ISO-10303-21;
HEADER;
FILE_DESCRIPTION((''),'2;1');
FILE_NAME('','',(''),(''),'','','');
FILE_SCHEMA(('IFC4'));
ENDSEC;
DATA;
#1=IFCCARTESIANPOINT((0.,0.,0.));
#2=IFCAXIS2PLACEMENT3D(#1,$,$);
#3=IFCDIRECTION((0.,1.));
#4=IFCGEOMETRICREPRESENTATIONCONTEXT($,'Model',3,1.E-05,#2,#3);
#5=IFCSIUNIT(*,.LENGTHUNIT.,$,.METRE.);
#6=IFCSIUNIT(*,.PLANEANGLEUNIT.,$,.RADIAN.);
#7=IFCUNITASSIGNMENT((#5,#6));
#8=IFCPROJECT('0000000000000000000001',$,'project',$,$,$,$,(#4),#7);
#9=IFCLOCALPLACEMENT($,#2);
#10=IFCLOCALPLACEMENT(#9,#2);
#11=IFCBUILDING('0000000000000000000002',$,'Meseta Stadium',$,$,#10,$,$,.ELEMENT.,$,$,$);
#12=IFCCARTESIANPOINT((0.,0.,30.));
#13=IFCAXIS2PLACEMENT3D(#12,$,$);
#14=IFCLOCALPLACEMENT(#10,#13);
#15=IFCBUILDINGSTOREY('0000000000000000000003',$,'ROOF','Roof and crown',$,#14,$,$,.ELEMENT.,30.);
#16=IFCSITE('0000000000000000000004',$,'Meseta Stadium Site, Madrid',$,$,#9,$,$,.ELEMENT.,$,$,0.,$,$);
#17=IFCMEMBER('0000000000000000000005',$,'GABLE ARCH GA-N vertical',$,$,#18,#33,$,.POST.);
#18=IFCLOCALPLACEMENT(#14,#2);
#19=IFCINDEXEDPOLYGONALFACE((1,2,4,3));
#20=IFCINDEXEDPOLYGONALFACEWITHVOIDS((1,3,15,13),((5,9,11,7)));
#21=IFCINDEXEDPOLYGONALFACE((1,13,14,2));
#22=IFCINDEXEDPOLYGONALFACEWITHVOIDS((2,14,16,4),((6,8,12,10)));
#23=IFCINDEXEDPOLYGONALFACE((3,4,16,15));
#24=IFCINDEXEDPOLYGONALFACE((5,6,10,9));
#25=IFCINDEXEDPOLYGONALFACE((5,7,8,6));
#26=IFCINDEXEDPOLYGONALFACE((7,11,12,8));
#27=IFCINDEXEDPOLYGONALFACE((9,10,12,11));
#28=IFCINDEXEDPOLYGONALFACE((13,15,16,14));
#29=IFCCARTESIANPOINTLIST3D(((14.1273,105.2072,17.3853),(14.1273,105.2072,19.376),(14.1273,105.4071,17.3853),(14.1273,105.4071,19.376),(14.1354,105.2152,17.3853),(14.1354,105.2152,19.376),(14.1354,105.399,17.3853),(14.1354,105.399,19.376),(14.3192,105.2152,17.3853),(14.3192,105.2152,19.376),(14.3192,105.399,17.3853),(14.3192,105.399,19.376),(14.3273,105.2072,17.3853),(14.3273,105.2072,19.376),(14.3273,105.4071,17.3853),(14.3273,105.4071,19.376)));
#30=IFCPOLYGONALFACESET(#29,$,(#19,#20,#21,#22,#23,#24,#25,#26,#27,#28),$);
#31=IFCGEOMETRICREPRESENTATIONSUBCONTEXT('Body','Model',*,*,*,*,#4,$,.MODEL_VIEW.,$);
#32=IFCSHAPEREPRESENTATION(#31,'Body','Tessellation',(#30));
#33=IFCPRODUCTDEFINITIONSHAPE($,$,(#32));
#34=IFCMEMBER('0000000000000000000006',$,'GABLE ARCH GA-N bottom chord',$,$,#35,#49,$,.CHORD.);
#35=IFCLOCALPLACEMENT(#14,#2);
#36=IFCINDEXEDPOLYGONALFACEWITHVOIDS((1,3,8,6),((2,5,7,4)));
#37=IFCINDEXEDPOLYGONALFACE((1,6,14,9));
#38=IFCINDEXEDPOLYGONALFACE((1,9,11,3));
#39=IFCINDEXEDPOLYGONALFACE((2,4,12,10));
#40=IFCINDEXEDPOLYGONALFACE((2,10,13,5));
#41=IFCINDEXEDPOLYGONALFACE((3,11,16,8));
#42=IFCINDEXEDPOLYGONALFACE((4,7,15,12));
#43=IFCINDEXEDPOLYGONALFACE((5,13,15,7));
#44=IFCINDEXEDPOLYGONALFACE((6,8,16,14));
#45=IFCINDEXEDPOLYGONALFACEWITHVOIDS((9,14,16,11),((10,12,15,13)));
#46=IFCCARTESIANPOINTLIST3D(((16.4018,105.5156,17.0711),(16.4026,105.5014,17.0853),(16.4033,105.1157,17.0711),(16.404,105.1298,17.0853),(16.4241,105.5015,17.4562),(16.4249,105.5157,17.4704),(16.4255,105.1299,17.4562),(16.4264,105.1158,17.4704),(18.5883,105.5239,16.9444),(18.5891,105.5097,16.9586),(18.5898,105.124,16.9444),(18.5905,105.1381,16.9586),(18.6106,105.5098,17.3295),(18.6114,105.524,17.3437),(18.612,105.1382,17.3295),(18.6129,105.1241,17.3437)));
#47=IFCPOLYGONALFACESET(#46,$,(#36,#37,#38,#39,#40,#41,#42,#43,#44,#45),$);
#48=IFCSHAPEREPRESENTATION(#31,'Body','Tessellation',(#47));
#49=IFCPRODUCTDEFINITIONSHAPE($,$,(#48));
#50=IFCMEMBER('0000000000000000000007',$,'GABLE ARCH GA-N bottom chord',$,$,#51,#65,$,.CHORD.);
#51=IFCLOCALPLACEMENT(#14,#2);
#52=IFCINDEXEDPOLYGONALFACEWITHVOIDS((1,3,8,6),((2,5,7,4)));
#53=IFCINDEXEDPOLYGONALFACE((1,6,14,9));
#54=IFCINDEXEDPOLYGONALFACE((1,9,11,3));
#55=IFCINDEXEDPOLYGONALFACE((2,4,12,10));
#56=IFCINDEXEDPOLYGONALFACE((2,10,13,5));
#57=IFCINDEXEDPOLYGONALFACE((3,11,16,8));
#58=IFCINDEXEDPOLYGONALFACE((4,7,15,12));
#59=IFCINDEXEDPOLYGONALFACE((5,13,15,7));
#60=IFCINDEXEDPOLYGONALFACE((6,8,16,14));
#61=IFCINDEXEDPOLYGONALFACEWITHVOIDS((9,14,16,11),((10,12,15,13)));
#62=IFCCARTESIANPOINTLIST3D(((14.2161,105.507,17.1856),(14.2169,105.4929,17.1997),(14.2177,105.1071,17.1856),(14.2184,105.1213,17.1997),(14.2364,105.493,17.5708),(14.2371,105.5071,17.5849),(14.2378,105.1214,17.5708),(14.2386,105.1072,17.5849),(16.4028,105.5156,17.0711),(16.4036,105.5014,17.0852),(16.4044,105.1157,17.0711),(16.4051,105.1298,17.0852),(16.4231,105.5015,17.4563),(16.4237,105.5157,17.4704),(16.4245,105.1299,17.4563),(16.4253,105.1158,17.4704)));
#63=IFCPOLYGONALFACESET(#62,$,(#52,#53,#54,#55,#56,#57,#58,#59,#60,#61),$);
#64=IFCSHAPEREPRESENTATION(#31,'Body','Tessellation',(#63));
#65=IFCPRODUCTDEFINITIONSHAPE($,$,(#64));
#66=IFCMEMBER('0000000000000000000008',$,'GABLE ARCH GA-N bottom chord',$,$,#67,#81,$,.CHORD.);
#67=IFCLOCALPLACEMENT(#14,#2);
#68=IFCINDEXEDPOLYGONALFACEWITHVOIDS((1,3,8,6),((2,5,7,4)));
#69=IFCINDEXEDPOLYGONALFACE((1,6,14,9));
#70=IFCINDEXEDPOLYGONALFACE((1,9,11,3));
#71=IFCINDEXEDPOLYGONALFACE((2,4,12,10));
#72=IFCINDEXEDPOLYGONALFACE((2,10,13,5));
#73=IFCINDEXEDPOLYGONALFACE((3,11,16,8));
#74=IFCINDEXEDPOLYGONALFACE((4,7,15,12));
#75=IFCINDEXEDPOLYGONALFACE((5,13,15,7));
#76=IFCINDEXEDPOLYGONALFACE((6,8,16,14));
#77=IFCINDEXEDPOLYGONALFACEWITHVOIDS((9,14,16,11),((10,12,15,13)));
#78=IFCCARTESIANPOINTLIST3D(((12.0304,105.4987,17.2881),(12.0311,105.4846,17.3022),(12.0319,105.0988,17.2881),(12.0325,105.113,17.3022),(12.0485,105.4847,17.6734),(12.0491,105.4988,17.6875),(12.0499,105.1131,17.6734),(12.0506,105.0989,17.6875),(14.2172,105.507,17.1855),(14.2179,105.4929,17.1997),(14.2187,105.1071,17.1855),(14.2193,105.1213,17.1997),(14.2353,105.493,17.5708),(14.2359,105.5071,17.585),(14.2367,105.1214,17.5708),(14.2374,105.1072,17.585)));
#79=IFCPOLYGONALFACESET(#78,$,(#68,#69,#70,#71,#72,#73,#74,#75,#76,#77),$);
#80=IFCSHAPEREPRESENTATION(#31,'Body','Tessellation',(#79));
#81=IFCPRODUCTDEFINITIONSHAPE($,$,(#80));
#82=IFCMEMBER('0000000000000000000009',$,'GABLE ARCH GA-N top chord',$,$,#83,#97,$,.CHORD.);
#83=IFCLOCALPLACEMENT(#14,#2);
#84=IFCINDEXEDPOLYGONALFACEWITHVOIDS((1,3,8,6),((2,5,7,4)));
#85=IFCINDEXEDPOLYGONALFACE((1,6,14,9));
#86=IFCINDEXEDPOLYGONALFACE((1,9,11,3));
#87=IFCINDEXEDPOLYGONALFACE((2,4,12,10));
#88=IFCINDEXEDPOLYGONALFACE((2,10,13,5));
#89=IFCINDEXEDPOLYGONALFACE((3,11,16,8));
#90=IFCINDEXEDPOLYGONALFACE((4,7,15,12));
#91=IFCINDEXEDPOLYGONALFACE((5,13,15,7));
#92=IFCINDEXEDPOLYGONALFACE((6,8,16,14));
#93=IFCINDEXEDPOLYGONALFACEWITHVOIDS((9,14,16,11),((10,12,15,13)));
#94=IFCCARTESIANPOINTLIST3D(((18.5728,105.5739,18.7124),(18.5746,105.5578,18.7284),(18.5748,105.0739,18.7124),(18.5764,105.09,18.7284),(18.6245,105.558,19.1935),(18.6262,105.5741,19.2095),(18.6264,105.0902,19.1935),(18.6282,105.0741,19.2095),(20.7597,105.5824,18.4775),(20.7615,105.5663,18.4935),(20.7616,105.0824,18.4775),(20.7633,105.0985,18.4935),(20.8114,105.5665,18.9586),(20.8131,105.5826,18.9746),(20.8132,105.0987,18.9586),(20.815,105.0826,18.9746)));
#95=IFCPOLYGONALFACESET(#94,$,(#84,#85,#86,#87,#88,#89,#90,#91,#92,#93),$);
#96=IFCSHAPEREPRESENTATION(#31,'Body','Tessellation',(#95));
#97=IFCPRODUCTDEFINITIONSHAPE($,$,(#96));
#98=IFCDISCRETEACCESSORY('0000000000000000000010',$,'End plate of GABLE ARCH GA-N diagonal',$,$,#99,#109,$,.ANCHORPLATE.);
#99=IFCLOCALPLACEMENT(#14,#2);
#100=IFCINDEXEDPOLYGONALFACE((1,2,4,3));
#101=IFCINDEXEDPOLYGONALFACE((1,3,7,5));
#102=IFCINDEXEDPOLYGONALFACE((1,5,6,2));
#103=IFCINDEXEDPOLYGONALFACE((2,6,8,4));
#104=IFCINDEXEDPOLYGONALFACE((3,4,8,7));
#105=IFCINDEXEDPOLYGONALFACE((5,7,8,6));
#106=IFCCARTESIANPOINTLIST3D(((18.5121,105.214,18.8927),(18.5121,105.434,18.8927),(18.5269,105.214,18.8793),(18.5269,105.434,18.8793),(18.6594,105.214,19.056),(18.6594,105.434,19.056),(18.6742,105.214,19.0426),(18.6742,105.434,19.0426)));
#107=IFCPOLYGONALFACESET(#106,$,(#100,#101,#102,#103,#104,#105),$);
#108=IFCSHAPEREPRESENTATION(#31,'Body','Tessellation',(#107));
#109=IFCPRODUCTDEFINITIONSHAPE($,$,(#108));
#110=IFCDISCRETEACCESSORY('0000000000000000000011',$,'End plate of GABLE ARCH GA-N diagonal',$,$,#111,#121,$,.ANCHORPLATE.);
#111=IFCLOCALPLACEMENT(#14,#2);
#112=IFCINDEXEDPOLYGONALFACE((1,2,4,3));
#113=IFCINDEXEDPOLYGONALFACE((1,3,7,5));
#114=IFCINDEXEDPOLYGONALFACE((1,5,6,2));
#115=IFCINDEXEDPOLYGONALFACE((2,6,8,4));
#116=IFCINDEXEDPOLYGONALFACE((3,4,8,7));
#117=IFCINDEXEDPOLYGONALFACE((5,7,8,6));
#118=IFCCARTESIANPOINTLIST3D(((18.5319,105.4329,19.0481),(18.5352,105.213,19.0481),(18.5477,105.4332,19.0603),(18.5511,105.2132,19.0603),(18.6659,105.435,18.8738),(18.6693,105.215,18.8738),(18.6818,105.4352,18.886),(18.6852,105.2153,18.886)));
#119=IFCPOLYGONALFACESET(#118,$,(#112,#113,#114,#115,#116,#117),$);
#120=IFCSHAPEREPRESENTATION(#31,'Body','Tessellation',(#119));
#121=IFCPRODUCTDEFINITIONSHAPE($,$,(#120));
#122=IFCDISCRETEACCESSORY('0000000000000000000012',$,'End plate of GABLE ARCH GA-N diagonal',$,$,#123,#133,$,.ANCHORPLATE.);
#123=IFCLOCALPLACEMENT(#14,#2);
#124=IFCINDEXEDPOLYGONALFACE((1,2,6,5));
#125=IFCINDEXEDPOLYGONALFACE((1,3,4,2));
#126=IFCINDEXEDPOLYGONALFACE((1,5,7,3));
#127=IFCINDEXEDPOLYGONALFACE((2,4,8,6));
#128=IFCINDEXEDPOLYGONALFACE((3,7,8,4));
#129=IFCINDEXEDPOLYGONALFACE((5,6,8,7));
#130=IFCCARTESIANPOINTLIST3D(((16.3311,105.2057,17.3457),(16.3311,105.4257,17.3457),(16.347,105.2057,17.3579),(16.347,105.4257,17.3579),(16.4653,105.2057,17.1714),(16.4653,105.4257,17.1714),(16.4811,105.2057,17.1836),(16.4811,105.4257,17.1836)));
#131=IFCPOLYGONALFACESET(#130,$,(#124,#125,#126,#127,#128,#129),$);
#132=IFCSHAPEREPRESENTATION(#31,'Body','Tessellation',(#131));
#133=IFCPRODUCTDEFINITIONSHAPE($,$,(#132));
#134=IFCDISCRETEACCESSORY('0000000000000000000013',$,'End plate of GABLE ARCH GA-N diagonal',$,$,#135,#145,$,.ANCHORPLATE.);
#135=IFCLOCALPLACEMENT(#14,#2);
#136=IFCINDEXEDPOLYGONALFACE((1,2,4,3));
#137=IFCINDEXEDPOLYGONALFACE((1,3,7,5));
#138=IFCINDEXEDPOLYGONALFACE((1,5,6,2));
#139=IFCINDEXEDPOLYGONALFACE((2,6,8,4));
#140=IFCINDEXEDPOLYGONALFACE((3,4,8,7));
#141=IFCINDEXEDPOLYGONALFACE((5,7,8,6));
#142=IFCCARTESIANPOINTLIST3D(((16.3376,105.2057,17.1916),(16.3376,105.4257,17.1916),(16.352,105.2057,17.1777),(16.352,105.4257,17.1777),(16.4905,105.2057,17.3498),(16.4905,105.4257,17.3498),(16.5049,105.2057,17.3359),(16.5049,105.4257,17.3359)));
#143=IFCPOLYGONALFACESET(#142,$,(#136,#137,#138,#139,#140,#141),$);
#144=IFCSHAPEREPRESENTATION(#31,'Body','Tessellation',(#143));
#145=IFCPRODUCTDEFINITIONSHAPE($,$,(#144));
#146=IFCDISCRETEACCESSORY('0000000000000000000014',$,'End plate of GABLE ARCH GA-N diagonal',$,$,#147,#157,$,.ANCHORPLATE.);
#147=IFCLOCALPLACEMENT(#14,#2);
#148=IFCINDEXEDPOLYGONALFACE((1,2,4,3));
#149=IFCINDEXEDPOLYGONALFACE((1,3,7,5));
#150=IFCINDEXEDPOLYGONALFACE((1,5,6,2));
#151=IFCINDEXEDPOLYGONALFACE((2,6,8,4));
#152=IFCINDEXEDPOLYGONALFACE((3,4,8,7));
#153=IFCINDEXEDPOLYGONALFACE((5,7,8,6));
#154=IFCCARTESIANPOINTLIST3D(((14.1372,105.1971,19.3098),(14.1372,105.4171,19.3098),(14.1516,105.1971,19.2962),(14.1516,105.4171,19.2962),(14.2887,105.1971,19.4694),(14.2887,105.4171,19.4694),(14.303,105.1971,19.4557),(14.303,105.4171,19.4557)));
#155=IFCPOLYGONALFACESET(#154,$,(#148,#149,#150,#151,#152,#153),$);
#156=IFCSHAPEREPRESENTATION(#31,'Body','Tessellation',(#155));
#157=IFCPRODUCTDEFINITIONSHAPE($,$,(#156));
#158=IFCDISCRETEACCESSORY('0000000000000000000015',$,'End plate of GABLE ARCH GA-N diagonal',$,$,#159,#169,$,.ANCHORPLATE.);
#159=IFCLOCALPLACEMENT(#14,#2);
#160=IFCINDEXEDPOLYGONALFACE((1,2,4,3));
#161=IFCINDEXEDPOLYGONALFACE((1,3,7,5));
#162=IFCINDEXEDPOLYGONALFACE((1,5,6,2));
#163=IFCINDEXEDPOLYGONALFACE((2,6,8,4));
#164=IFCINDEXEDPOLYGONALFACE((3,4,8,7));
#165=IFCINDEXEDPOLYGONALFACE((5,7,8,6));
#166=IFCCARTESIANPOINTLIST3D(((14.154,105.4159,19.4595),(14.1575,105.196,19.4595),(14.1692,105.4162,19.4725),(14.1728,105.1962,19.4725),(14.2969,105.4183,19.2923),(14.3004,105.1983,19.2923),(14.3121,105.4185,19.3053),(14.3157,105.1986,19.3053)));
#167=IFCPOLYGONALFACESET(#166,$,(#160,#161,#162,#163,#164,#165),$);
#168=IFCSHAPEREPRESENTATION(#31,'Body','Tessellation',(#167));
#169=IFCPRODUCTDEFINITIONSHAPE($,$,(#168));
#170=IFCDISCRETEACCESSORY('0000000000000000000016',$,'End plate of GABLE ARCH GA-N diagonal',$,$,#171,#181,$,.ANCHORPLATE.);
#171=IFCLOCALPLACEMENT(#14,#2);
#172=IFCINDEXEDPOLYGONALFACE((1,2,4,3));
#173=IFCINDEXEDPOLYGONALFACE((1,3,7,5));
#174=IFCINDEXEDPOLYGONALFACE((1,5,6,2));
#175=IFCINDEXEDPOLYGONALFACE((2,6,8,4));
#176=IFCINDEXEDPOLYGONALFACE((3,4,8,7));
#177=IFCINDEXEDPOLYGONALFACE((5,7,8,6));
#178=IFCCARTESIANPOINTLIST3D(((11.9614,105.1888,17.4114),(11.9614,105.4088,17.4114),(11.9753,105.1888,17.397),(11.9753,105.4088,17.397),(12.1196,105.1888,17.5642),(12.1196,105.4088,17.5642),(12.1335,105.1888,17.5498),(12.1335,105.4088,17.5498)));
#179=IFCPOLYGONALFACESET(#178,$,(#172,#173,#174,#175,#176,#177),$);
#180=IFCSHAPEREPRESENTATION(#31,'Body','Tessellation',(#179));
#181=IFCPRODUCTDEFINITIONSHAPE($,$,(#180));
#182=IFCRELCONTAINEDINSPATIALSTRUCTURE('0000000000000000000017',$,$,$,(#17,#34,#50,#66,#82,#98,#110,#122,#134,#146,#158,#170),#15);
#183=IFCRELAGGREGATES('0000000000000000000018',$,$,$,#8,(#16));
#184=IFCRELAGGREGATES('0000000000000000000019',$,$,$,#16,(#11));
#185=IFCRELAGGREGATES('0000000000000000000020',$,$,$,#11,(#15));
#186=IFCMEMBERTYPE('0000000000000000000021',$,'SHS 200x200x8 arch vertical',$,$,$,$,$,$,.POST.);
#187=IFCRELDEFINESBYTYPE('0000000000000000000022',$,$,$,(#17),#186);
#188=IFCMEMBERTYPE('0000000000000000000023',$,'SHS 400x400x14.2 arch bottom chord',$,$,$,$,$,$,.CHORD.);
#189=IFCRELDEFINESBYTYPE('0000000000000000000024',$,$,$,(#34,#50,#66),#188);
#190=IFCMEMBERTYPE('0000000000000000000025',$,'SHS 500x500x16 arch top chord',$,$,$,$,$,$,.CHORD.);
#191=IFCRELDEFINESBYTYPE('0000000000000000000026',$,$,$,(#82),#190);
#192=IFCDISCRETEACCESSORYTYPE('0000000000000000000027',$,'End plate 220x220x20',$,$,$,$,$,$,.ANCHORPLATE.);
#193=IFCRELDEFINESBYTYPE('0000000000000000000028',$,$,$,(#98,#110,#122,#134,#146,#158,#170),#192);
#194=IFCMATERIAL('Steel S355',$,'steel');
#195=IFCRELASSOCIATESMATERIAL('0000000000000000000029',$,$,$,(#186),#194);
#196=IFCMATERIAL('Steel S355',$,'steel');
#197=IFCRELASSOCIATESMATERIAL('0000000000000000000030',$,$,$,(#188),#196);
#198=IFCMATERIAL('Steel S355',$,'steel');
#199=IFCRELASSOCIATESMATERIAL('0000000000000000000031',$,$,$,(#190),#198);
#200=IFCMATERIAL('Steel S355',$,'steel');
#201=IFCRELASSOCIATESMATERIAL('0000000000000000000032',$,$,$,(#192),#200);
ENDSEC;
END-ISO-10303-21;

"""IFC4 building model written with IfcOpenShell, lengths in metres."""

from ifc_helpers import new_model, si_unit, direction, frame, origin, origin_2d, place, context, subcontext, project, spatial, rectangle, hollow_rectangle, extrude, material, material_profile, profile_set, type_object, element, save


model = new_model("IFC4")

# Units and contexts
model_context = context("Model", 3, precision=1e-05, world=origin(), true_north=direction((0.0, 1.0)))
body_context = subcontext(model_context, "Body", "Model", "MODEL_VIEW")
ifc_project = project(units=[si_unit("LENGTHUNIT", "METRE"), si_unit("PLANEANGLEUNIT", "RADIAN")], contexts=[model_context])

# Site, building, storey
site_placement = place(None, origin())
site = spatial("IfcSite", under=ifc_project, at=site_placement, Name="Meseta Stadium Site, Madrid", CompositionType="ELEMENT", RefElevation=0.0)
building_placement = place(site_placement, origin())
building = spatial("IfcBuilding", under=site, at=building_placement, Name="Meseta Stadium", CompositionType="ELEMENT")
storey_placement = place(building_placement, frame((0.0, 0.0, 30.0)))
storey = spatial("IfcBuildingStorey", under=building, at=storey_placement, Name="ROOF", Description="Roof and crown", CompositionType="ELEMENT", Elevation=30.0)

# Members
ifc_material_1 = material(Name="Steel S355", Category="steel")
ifc_material_profile_1 = material_profile(ifc_material_1, hollow_rectangle(XDim=0.2, YDim=0.2, WallThickness=0.0081, at=origin_2d()), Name="SHS 200x200x8")
ifc_profile_set_1 = profile_set([ifc_material_profile_1], Name="Steel S355")
member_type_1 = type_object("IfcMemberType", Name="SHS 200x200x8 arch vertical", PredefinedType="POST", material=ifc_profile_set_1)
member_1_placement = place(storey_placement, frame((14.2273, 105.3071, 17.3853), z_axis=(0.0, 0.0, 1.0), x_axis=(1.0, 0.0, 0.0)))
element("IfcMember", 1, at=member_1_placement, inside=storey, type_object=member_type_1, Name="GABLE ARCH GA-N vertical", PredefinedType="POST", context=body_context, shape_type="SweptSolid", body=[
    extrude(hollow_rectangle(XDim=0.2, YDim=0.2, WallThickness=0.0081, at=origin_2d()), origin(), (0.0, 0.0, 1.0), 1.9907),
])
ifc_material_2 = material(Name="Steel S355", Category="steel")
ifc_material_profile_2 = material_profile(ifc_material_2, hollow_rectangle(XDim=0.3999, YDim=0.3999, WallThickness=0.0142, at=origin_2d()), Name="SHS 400x400x14.2")
ifc_profile_set_2 = profile_set([ifc_material_profile_2], Name="Steel S355")
member_type_2 = type_object("IfcMemberType", Name="SHS 400x400x14.2 arch bottom chord", PredefinedType="CHORD", material=ifc_profile_set_2)
member_2_placement = place(storey_placement, frame((18.6006, 105.324, 17.144), z_axis=(-0.998318, -0.00379, 0.057853), x_axis=(0.003796, -0.999993, 0.0)))
element("IfcMember", 2, at=member_2_placement, inside=storey, type_object=member_type_2, Name="GABLE ARCH GA-N bottom chord", PredefinedType="CHORD", context=body_context, shape_type="SweptSolid", body=[
    extrude(hollow_rectangle(XDim=0.3999, YDim=0.3999, WallThickness=0.0142, at=origin_2d()), origin(), (0.0, 0.0, 1.0), 2.1902),
])
member_3_placement = place(storey_placement, frame((16.4141, 105.3157, 17.2708), z_axis=(-0.998624, -0.003902, 0.052289), x_axis=(0.003908, -0.999992, 0.0)))
element("IfcMember", 3, at=member_3_placement, inside=storey, type_object=member_type_2, Name="GABLE ARCH GA-N bottom chord", PredefinedType="CHORD", context=body_context, shape_type="SweptSolid", body=[
    extrude(hollow_rectangle(XDim=0.3999, YDim=0.3999, WallThickness=0.0142, at=origin_2d()), origin(), (0.0, 0.0, 1.0), 2.1897),
])
member_4_placement = place(storey_placement, frame((14.2273, 105.3071, 17.3853), z_axis=(-0.998895, -0.003792, 0.046839), x_axis=(0.003796, -0.999993, 0.0)))
element("IfcMember", 4, at=member_4_placement, inside=storey, type_object=member_type_2, Name="GABLE ARCH GA-N bottom chord", PredefinedType="CHORD", context=body_context, shape_type="SweptSolid", body=[
    extrude(hollow_rectangle(XDim=0.3999, YDim=0.3999, WallThickness=0.0142, at=origin_2d()), origin(), (0.0, 0.0, 1.0), 2.1892),
])
ifc_material_3 = material(Name="Steel S355", Category="steel")
ifc_material_profile_3 = material_profile(ifc_material_3, hollow_rectangle(XDim=0.5, YDim=0.5, WallThickness=0.0161, at=origin_2d()), Name="SHS 500x500x16")
ifc_profile_set_3 = profile_set([ifc_material_profile_3], Name="Steel S355")
member_type_3 = type_object("IfcMemberType", Name="SHS 500x500x16 arch top chord", PredefinedType="CHORD", material=ifc_profile_set_3)
member_5_placement = place(storey_placement, frame((20.7874, 105.3325, 18.7261), z_axis=(-0.994274, -0.003885, 0.106787), x_axis=(0.003908, -0.999992, 0.0)))
element("IfcMember", 5, at=member_5_placement, inside=storey, type_object=member_type_3, Name="GABLE ARCH GA-N top chord", PredefinedType="CHORD", context=body_context, shape_type="SweptSolid", body=[
    extrude(hollow_rectangle(XDim=0.5, YDim=0.5, WallThickness=0.0161, at=origin_2d()), origin(), (0.0, 0.0, 1.0), 2.1995),
])

# Discrete accessories
ifc_material_4 = material(Name="Steel S355", Category="steel")
ifc_material_profile_4 = material_profile(ifc_material_4, rectangle(XDim=0.22, YDim=0.22, at=origin_2d()), Name="PL 220x220")
ifc_profile_set_4 = profile_set([ifc_material_profile_4], Name="Steel S355")
discrete_accessory_type = type_object("IfcDiscreteAccessoryType", Name="End plate 220x220x20", PredefinedType="ANCHORPLATE", material=ifc_profile_set_4)
for number, where, z_axis, x_axis, name in (
    (6, (18.6006, 105.324, 18.9609), (-0.742688, 0.0, 0.669637), (0.0, -1.0, 0.0), "End plate of GABLE ARCH GA-N diagonal"),
    (7, (18.6165, 105.3242, 18.9731), (-0.792565, -0.012193, -0.609665), (0.015383, -0.999882, 0.0), "End plate of GABLE ARCH GA-N diagonal"),
    (8, (16.4141, 105.3157, 17.2708), (-0.792624, 0.0, -0.609711), (0.0, -1.0, 0.0), "End plate of GABLE ARCH GA-N diagonal"),
    (9, (16.4285, 105.3157, 17.2568), (-0.719191, 0.0, 0.694812), (0.0, -1.0, 0.0), "End plate of GABLE ARCH GA-N diagonal"),
):
    element("IfcDiscreteAccessory", number, at=place(storey_placement, frame(where, z_axis=z_axis, x_axis=x_axis)), inside=storey, type_object=discrete_accessory_type, Name=name, PredefinedType="ANCHORPLATE", context=body_context, shape_type="SweptSolid", body=[
        extrude(rectangle(XDim=0.22, YDim=0.22, at=origin_2d()), origin(), (0.0, 0.0, 1.0), 0.02),
    ])
discrete_accessory_placement = place(storey_placement, frame((14.2273, 105.3071, 19.376), z_axis=(-0.725306, 0.0, 0.688426), x_axis=(0.0, -1.0, 0.0)))
element("IfcDiscreteAccessory", 10, at=discrete_accessory_placement, inside=storey, type_object=discrete_accessory_type, Name="End plate of GABLE ARCH GA-N diagonal", PredefinedType="ANCHORPLATE", context=body_context, shape_type="SweptSolid", body=[
    extrude(rectangle(XDim=0.22, YDim=0.22, at=origin_2d()), origin(), (0.0, 0.0, 1.0), 0.0198),
])
for number, where, z_axis, x_axis, name in (
    (11, (14.2424, 105.3074, 19.3889), (-0.760064, -0.012259, -0.649732), (0.016127, -0.99987, 0.0), "End plate of GABLE ARCH GA-N diagonal"),
    (12, (12.0544, 105.2988, 17.4734), (-0.694812, 0.0, 0.719191), (0.0, -1.0, 0.0), "End plate of GABLE ARCH GA-N diagonal"),
):
    element("IfcDiscreteAccessory", number, at=place(storey_placement, frame(where, z_axis=z_axis, x_axis=x_axis)), inside=storey, type_object=discrete_accessory_type, Name=name, PredefinedType="ANCHORPLATE", context=body_context, shape_type="SweptSolid", body=[
        extrude(rectangle(XDim=0.22, YDim=0.22, at=origin_2d()), origin(), (0.0, 0.0, 1.0), 0.02),
    ])

save(model, "model.ifc")
